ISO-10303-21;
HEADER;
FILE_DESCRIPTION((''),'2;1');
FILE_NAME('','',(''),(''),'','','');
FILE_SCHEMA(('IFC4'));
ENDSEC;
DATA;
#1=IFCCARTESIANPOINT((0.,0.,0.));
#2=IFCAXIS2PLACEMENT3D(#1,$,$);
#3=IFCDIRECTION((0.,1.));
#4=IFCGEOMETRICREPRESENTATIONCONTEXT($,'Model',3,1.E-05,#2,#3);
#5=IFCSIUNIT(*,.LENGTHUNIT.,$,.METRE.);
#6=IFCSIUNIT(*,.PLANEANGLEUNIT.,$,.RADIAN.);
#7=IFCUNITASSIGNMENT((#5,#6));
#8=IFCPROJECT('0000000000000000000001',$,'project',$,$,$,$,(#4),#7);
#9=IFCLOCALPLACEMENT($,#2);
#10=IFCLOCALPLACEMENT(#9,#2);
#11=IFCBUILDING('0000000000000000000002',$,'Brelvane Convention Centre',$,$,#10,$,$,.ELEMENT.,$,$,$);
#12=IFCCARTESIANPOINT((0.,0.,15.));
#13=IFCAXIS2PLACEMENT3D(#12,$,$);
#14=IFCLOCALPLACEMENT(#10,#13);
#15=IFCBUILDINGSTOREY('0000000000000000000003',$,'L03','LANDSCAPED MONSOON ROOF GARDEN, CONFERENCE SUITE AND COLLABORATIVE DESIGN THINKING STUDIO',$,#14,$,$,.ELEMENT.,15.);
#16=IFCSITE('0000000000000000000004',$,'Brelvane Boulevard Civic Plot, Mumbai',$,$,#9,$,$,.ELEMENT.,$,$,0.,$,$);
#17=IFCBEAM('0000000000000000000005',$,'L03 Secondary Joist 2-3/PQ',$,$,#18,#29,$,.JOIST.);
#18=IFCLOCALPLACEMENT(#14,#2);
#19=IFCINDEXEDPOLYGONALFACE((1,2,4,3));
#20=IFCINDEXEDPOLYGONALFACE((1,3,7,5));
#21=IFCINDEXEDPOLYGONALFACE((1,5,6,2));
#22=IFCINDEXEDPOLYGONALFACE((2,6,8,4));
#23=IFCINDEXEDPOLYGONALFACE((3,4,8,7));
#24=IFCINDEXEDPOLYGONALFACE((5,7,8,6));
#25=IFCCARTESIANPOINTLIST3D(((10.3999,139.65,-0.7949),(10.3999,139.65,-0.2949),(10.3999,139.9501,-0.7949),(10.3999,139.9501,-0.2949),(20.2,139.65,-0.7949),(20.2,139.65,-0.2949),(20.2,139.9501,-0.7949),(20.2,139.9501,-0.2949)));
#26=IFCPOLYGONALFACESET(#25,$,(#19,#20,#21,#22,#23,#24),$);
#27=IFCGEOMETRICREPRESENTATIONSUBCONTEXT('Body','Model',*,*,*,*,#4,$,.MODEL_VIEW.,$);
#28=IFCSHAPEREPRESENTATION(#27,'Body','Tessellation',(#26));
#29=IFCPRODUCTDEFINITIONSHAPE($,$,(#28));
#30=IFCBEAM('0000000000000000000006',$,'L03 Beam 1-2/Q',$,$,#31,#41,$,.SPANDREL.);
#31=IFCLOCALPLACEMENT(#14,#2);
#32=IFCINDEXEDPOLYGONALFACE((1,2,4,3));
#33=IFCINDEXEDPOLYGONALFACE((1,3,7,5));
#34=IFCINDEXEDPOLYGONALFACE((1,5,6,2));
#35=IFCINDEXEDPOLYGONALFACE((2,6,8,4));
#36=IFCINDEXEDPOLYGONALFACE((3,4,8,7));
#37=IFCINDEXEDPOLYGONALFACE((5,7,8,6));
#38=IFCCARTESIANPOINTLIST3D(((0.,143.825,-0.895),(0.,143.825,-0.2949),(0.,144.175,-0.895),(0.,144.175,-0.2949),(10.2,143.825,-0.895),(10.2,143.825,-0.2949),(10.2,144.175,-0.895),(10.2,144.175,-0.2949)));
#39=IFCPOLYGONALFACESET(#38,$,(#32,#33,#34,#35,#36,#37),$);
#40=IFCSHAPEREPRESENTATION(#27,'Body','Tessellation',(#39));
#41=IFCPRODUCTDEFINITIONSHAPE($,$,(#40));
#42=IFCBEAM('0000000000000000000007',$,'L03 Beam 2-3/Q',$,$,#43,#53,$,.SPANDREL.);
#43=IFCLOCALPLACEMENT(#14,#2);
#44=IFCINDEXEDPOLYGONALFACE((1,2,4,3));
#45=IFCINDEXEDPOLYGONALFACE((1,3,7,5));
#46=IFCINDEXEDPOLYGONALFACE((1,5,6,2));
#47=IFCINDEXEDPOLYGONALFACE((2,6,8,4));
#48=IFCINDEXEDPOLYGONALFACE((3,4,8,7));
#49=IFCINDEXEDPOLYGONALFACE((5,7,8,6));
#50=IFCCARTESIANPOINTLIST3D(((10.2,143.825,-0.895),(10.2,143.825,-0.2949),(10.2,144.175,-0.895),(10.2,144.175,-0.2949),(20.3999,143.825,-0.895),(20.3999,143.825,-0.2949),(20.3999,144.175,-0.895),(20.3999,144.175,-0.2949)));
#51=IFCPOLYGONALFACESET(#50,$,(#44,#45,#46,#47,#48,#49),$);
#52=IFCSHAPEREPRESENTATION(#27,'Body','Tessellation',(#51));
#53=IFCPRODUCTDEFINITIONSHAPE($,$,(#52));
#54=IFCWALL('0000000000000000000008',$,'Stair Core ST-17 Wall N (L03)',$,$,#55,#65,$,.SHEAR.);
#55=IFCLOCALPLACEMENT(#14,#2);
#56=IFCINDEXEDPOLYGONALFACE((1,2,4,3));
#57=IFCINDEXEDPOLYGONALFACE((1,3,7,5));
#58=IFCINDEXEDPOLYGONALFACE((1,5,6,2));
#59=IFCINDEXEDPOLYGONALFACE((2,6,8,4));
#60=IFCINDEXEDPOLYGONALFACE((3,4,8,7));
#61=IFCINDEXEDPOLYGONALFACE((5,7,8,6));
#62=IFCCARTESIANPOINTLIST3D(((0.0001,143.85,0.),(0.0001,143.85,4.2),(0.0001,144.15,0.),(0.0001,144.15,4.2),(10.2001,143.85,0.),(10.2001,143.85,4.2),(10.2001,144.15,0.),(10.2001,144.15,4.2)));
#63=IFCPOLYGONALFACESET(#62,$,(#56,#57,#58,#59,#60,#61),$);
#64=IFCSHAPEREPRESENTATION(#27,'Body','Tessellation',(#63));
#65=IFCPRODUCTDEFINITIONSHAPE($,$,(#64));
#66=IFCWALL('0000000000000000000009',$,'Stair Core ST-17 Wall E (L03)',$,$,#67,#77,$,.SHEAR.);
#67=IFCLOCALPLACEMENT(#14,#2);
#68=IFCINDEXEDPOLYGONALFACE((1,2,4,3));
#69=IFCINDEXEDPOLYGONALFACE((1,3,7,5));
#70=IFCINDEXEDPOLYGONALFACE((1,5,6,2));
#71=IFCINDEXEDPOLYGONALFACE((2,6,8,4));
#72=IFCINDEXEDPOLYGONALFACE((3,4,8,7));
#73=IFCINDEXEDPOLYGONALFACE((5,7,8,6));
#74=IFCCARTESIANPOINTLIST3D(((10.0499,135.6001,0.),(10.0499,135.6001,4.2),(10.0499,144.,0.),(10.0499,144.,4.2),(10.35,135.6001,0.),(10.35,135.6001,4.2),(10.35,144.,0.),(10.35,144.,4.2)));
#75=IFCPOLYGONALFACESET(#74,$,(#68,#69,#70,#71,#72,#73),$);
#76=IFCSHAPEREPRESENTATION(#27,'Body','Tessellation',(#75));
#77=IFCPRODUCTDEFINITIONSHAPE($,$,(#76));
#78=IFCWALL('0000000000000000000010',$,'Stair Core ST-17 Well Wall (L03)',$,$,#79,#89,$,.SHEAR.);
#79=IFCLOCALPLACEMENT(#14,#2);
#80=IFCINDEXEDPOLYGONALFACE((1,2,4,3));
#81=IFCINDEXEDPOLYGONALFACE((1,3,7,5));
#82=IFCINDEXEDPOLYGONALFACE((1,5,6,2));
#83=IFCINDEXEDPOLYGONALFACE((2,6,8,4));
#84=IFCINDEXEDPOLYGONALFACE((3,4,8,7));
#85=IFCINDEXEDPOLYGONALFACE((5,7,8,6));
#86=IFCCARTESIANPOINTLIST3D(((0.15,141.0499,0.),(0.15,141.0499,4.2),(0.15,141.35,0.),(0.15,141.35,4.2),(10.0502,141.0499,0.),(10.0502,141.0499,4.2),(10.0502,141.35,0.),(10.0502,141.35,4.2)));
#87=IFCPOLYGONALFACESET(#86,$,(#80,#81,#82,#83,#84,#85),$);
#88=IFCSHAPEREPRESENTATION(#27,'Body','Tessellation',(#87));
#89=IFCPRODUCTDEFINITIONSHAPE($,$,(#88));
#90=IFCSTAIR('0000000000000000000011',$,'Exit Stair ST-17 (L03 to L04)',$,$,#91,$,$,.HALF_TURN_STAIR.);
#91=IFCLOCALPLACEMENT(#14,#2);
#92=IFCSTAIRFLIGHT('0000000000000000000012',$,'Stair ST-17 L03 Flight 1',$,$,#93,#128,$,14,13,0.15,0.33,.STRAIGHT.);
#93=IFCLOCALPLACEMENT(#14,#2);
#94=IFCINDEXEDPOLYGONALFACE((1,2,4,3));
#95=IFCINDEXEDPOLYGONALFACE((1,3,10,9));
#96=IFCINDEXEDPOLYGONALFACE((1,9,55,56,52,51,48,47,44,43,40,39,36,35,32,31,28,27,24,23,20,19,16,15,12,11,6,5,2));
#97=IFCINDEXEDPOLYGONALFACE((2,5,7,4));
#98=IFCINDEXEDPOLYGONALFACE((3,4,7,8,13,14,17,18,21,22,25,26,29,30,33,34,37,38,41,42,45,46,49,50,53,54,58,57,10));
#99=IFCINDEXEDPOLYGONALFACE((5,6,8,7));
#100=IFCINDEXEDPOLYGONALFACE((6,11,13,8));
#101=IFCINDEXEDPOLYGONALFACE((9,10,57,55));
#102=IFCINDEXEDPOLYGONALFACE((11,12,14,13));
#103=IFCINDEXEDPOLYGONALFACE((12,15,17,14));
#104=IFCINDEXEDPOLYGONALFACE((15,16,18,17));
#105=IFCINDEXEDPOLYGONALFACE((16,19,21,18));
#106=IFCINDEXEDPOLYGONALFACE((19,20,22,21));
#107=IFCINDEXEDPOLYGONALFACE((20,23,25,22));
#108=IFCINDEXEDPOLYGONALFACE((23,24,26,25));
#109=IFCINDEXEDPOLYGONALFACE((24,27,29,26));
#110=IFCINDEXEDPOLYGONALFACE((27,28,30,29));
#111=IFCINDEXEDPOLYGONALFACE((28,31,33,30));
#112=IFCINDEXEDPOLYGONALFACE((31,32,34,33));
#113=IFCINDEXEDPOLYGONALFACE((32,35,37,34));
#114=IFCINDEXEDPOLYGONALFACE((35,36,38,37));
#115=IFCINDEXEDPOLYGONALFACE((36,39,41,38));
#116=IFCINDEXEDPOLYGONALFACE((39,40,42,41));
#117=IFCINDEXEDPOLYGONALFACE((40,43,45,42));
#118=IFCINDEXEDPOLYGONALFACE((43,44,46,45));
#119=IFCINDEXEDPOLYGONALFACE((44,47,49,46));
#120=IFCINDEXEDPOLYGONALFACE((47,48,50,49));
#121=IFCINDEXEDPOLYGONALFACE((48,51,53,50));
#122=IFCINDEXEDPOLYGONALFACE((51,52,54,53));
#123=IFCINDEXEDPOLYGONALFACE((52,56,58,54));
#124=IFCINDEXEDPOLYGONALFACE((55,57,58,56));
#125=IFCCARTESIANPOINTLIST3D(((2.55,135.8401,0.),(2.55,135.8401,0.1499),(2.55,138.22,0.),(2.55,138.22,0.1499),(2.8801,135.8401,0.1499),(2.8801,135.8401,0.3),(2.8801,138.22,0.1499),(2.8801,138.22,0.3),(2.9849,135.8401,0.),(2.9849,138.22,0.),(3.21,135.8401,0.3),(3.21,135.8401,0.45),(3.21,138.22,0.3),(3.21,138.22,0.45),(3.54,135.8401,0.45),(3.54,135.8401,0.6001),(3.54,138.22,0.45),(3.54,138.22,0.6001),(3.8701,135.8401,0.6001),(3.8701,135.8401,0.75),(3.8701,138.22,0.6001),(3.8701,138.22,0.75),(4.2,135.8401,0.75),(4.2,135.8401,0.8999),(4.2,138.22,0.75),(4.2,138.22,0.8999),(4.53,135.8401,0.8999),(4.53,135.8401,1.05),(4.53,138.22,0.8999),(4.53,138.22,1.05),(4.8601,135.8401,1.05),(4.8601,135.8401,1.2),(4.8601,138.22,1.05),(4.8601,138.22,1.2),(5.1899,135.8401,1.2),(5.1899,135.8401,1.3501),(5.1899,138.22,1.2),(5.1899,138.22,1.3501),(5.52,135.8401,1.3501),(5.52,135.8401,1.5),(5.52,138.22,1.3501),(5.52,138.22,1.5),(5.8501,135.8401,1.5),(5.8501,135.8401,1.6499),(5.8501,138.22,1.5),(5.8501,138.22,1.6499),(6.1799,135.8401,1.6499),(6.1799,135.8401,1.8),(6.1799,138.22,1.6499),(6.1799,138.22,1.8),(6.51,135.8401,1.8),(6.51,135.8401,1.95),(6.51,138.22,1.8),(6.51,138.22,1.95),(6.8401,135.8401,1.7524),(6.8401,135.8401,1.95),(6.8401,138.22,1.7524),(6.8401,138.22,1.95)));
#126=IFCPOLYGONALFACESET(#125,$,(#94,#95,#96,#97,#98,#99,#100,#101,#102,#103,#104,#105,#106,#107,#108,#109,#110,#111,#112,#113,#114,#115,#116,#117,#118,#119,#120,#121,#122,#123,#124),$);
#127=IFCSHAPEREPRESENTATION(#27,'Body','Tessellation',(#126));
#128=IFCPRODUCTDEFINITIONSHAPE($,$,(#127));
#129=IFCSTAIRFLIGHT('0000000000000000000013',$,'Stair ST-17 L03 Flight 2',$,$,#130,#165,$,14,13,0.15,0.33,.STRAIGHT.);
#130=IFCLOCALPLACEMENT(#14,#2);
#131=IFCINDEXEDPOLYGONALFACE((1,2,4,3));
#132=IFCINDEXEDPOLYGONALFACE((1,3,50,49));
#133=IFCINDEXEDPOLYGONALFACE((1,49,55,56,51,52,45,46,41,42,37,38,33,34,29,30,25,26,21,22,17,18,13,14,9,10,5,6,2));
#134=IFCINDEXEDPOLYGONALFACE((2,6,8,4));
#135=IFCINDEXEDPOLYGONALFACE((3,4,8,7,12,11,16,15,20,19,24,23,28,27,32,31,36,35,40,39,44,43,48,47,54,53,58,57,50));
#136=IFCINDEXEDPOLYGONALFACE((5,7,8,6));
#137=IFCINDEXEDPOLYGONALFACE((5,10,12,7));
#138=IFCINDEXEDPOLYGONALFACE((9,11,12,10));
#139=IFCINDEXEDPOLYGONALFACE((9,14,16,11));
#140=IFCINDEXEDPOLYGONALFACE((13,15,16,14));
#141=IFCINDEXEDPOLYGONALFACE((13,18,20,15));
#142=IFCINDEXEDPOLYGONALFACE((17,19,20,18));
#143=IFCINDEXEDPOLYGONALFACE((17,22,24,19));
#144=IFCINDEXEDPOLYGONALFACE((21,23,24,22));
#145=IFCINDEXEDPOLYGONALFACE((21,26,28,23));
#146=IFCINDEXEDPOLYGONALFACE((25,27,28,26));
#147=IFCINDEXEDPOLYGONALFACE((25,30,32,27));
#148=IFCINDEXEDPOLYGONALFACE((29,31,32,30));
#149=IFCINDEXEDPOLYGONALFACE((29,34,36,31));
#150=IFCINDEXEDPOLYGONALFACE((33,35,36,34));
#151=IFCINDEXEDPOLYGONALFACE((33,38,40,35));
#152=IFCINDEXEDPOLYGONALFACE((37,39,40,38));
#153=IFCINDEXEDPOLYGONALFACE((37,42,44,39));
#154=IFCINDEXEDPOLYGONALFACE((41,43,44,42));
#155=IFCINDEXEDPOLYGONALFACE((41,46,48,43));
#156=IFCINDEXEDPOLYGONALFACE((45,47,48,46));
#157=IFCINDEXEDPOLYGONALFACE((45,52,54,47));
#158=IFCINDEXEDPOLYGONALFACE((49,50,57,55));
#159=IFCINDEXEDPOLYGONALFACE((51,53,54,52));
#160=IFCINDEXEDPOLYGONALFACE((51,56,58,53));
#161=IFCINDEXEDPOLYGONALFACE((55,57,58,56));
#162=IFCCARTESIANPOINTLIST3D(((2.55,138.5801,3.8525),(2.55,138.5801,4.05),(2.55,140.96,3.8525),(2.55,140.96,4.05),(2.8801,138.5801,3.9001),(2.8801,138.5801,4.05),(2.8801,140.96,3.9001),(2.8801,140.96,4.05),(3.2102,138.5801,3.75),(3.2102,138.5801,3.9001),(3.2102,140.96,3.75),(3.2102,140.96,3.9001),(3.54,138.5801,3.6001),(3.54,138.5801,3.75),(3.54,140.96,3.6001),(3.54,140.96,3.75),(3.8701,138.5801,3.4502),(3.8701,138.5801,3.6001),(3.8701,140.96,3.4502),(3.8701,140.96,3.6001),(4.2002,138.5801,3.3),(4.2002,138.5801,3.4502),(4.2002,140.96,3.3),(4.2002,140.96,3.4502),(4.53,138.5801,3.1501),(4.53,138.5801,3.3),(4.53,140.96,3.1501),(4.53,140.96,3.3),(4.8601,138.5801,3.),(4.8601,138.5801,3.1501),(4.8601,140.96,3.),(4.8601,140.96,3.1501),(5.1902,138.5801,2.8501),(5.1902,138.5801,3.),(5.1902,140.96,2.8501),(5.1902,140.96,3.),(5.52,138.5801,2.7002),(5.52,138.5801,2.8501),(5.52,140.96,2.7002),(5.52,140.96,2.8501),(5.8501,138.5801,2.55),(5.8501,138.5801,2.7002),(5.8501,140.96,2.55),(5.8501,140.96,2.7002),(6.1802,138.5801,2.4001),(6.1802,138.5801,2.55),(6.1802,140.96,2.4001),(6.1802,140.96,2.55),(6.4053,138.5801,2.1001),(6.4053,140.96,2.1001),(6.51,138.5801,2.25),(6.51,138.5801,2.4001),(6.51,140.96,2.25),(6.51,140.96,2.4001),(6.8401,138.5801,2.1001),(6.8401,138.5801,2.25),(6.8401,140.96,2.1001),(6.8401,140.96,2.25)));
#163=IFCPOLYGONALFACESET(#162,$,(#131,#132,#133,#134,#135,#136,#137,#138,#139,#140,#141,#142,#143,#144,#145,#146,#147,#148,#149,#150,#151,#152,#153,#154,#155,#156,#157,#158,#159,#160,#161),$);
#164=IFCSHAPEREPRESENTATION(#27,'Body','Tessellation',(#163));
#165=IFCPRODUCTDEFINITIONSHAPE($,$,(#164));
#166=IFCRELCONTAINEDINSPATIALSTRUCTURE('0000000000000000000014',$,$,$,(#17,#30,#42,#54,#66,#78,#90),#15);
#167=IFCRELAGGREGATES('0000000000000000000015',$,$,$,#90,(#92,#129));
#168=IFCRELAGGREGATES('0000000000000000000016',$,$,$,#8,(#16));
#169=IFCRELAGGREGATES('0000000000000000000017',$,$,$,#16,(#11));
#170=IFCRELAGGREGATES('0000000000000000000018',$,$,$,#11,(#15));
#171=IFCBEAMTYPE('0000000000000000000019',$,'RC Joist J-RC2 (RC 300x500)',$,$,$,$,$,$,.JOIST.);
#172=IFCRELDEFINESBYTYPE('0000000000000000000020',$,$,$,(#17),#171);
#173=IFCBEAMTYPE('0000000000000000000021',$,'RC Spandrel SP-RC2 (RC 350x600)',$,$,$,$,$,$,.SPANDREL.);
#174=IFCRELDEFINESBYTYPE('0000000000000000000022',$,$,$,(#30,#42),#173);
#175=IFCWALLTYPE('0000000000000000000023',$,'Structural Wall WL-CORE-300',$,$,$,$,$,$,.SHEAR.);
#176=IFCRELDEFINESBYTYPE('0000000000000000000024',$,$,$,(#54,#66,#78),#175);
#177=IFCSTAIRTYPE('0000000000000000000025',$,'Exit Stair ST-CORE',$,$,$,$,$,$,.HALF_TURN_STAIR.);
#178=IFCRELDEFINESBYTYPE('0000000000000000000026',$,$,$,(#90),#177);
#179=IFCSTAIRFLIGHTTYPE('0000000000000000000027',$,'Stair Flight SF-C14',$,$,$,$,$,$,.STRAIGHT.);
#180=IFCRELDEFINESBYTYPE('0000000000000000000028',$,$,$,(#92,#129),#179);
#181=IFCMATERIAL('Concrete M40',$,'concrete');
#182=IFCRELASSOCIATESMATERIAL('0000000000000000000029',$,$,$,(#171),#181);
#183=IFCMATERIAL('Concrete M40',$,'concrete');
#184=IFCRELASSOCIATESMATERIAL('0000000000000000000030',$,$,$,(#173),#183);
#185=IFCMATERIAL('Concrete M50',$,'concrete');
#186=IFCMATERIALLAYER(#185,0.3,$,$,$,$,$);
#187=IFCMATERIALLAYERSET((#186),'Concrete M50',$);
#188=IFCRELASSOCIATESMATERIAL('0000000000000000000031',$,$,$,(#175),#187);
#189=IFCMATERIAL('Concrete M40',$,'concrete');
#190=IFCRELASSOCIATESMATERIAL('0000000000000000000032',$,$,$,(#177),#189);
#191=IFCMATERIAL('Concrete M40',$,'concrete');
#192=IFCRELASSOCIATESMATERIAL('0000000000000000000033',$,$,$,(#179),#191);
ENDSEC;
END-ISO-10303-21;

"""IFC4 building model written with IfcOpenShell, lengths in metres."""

from ifc_helpers import new_model, si_unit, direction, frame, frame_2d, origin, origin_2d, place, context, subcontext, project, spatial, polyline, rectangle, outline, extrude, material, layer, layer_set, material_profile, profile_set, type_object, element, aggregate, save


model = new_model("IFC4")

# Units and contexts
model_context = context("Model", 3, precision=1e-05, world=origin(), true_north=direction((0.0, 1.0)))
body_context = subcontext(model_context, "Body", "Model", "MODEL_VIEW")
ifc_project = project(units=[si_unit("LENGTHUNIT", "METRE"), si_unit("PLANEANGLEUNIT", "RADIAN")], contexts=[model_context])

# Site, building, storey
site_placement = place(None, origin())
site = spatial("IfcSite", under=ifc_project, at=site_placement, Name="Brelvane Boulevard Civic Plot, Mumbai", CompositionType="ELEMENT", RefElevation=0.0)
building_placement = place(site_placement, origin())
building = spatial("IfcBuilding", under=site, at=building_placement, Name="Brelvane Convention Centre", CompositionType="ELEMENT")
storey_placement = place(building_placement, frame((0.0, 0.0, 15.0)))
storey = spatial("IfcBuildingStorey", under=building, at=storey_placement, Name="L03", Description="LANDSCAPED MONSOON ROOF GARDEN, CONFERENCE SUITE AND COLLABORATIVE DESIGN THINKING STUDIO", CompositionType="ELEMENT", Elevation=15.0)

# Beams
ifc_material_1 = material(Name="Concrete M40", Category="concrete")
ifc_material_profile_1 = material_profile(ifc_material_1, rectangle(XDim=0.3, YDim=0.5, at=origin_2d()), Name="RC 300x500")
ifc_profile_set_1 = profile_set([ifc_material_profile_1], Name="Concrete M40")
beam_type_1 = type_object("IfcBeamType", Name="RC Joist J-RC2 (RC 300x500)", PredefinedType="JOIST", material=ifc_profile_set_1)
beam_1_placement = place(storey_placement, frame((10.3999, 139.8, -0.5449), z_axis=(1.0, 0.0, 0.0), x_axis=(0.0, 1.0, 0.0)))
element("IfcBeam", 1, at=beam_1_placement, inside=storey, type_object=beam_type_1, Name="L03 Secondary Joist 2-3/PQ", PredefinedType="JOIST", context=body_context, shape_type="SweptSolid", body=[
    extrude(rectangle(XDim=0.3, YDim=0.5, at=origin_2d()), origin(), (0.0, 0.0, 1.0), 9.8),
])
ifc_material_2 = material(Name="Concrete M40", Category="concrete")
ifc_material_profile_2 = material_profile(ifc_material_2, rectangle(XDim=0.3501, YDim=0.6001, at=origin_2d()), Name="RC 350x600")
ifc_profile_set_2 = profile_set([ifc_material_profile_2], Name="Concrete M40")
beam_type_2 = type_object("IfcBeamType", Name="RC Spandrel SP-RC2 (RC 350x600)", PredefinedType="SPANDREL", material=ifc_profile_set_2)
for number, where, z_axis, x_axis, name in (
    (2, (0.0, 144.0, -0.595), (1.0, 0.0, 0.0), (0.0, 1.0, 0.0), "L03 Beam 1-2/Q"),
    (3, (10.2, 144.0, -0.595), (1.0, 0.0, 0.0), (0.0, 1.0, 0.0), "L03 Beam 2-3/Q"),
):
    element("IfcBeam", number, at=place(storey_placement, frame(where, z_axis=z_axis, x_axis=x_axis)), inside=storey, type_object=beam_type_2, Name=name, PredefinedType="SPANDREL", context=body_context, shape_type="SweptSolid", body=[
        extrude(rectangle(XDim=0.3501, YDim=0.6001, at=origin_2d()), origin(), (0.0, 0.0, 1.0), 10.2),
    ])

# Walls
ifc_material_3 = material(Name="Concrete M50", Category="concrete")
ifc_layer = layer(ifc_material_3, 0.3)
ifc_layer_set = layer_set([ifc_layer], Name="Concrete M50")
wall_type = type_object("IfcWallType", Name="Structural Wall WL-CORE-300", PredefinedType="SHEAR", material=ifc_layer_set)
wall_1_placement = place(storey_placement, frame((0.0, 144.0, 0.0), z_axis=(0.0, 0.0, 1.0), x_axis=(1.0, 0.0, 0.0)))
element("IfcWall", 4, at=wall_1_placement, inside=storey, type_object=wall_type, Name="Stair Core ST-17 Wall N (L03)", PredefinedType="SHEAR", context=body_context, shape_type="SweptSolid", body=[
    extrude(rectangle(XDim=10.2, YDim=0.3, at=frame_2d((5.1001, 0.0))), origin(), (0.0, 0.0, 1.0), 4.2),
])
wall_2_placement = place(storey_placement, frame((10.2, 135.6001, 0.0), z_axis=(0.0, 0.0, 1.0), x_axis=(0.0, 1.0, 0.0)))
element("IfcWall", 5, at=wall_2_placement, inside=storey, type_object=wall_type, Name="Stair Core ST-17 Wall E (L03)", PredefinedType="SHEAR", context=body_context, shape_type="SweptSolid", body=[
    extrude(rectangle(XDim=8.3999, YDim=0.3, at=frame_2d((4.2, 0.0))), origin(), (0.0, 0.0, 1.0), 4.2),
])
wall_3_placement = place(storey_placement, frame((0.1499, 141.2, 0.0), z_axis=(0.0, 0.0, 1.0), x_axis=(1.0, 0.0, 0.0)))
element("IfcWall", 6, at=wall_3_placement, inside=storey, type_object=wall_type, Name="Stair Core ST-17 Well Wall (L03)", PredefinedType="SHEAR", context=body_context, shape_type="SweptSolid", body=[
    extrude(rectangle(XDim=9.9001, YDim=0.3, at=frame_2d((4.9502, 0.0))), origin(), (0.0, 0.0, 1.0), 4.2),
])

# Stair, stair flights
ifc_material_4 = material(Name="Concrete M40", Category="concrete")
stair_type = type_object("IfcStairType", Name="Exit Stair ST-CORE", PredefinedType="HALF_TURN_STAIR", material=ifc_material_4)
stair_placement = place(storey_placement, origin())
stair = element("IfcStair", 7, at=stair_placement, inside=storey, type_object=stair_type, Name="Exit Stair ST-17 (L03 to L04)", PredefinedType="HALF_TURN_STAIR")
ifc_material_5 = material(Name="Concrete M40", Category="concrete")
stair_flight_type = type_object("IfcStairFlightType", Name="Stair Flight SF-C14", PredefinedType="STRAIGHT", material=ifc_material_5)
stair_flight_1_placement = place(storey_placement, frame((2.55, 137.03, 0.0), z_axis=(0.0, 0.0, 1.0), x_axis=(1.0, 0.0, 0.0)))
stair_flight_1 = element("IfcStairFlight", 8, at=stair_flight_1_placement, type_object=stair_flight_type, Name="Stair ST-17 L03 Flight 1", NumberOfRisers=14, NumberOfTreads=13, PredefinedType="STRAIGHT", RiserHeight=0.15, TreadLength=0.33, context=body_context, shape_type="SweptSolid", body=[
    extrude(outline(polyline([(0.0, 0.0), (0.0, 0.1499), (0.3301, 0.1499), (0.3301, 0.3), (0.6599, 0.3), (0.6599, 0.45), (0.99, 0.45), (0.99, 0.6001), (1.3201, 0.6001), (1.3201, 0.75), (1.6499, 0.75), (1.6499, 0.8999), (1.98, 0.8999), (1.98, 1.05), (2.3101, 1.05), (2.3101, 1.2), (2.6399, 1.2), (2.6399, 1.3501), (2.97, 1.3501), (2.97, 1.5), (3.3, 1.5), (3.3, 1.6499), (3.6299, 1.6499), (3.6299, 1.8), (3.96, 1.8), (3.96, 1.95), (4.29, 1.95), (4.29, 2.1001), (4.29, 1.7524), (0.4348, 0.0), (0.0, 0.0)])), frame((0.0, 1.1899, 0.0), z_axis=(0.0, -1.0, 0.0), x_axis=(1.0, 0.0, 0.0)), (0.0, 0.0, 1.0), 2.3799),
])
stair_flight_2_placement = place(storey_placement, frame((6.8401, 139.77, 2.1001), z_axis=(0.0, 0.0, 1.0), x_axis=(-1.0, 0.0, 0.0)))
stair_flight_2 = element("IfcStairFlight", 9, at=stair_flight_2_placement, type_object=stair_flight_type, Name="Stair ST-17 L03 Flight 2", NumberOfRisers=14, NumberOfTreads=13, PredefinedType="STRAIGHT", RiserHeight=0.15, TreadLength=0.33, context=body_context, shape_type="SweptSolid", body=[
    extrude(outline(polyline([(0.0, 0.0), (0.0, 0.1499), (0.3301, 0.1499), (0.3301, 0.3), (0.6599, 0.3), (0.6599, 0.45), (0.99, 0.45), (0.99, 0.6001), (1.3201, 0.6001), (1.3201, 0.75), (1.6499, 0.75), (1.6499, 0.8999), (1.98, 0.8999), (1.98, 1.05), (2.3101, 1.05), (2.3101, 1.2), (2.6399, 1.2), (2.6399, 1.3501), (2.97, 1.3501), (2.97, 1.5), (3.3, 1.5), (3.3, 1.6499), (3.6299, 1.6499), (3.6299, 1.8), (3.96, 1.8), (3.96, 1.95), (4.29, 1.95), (4.29, 2.1001), (4.29, 1.7524), (0.4348, 0.0), (0.0, 0.0)])), frame((0.0, 1.1899, 0.0), z_axis=(0.0, -1.0, 0.0), x_axis=(1.0, 0.0, 0.0)), (0.0, 0.0, 1.0), 2.3799),
])
aggregate(stair, [stair_flight_1, stair_flight_2])

save(model, "model.ifc")
